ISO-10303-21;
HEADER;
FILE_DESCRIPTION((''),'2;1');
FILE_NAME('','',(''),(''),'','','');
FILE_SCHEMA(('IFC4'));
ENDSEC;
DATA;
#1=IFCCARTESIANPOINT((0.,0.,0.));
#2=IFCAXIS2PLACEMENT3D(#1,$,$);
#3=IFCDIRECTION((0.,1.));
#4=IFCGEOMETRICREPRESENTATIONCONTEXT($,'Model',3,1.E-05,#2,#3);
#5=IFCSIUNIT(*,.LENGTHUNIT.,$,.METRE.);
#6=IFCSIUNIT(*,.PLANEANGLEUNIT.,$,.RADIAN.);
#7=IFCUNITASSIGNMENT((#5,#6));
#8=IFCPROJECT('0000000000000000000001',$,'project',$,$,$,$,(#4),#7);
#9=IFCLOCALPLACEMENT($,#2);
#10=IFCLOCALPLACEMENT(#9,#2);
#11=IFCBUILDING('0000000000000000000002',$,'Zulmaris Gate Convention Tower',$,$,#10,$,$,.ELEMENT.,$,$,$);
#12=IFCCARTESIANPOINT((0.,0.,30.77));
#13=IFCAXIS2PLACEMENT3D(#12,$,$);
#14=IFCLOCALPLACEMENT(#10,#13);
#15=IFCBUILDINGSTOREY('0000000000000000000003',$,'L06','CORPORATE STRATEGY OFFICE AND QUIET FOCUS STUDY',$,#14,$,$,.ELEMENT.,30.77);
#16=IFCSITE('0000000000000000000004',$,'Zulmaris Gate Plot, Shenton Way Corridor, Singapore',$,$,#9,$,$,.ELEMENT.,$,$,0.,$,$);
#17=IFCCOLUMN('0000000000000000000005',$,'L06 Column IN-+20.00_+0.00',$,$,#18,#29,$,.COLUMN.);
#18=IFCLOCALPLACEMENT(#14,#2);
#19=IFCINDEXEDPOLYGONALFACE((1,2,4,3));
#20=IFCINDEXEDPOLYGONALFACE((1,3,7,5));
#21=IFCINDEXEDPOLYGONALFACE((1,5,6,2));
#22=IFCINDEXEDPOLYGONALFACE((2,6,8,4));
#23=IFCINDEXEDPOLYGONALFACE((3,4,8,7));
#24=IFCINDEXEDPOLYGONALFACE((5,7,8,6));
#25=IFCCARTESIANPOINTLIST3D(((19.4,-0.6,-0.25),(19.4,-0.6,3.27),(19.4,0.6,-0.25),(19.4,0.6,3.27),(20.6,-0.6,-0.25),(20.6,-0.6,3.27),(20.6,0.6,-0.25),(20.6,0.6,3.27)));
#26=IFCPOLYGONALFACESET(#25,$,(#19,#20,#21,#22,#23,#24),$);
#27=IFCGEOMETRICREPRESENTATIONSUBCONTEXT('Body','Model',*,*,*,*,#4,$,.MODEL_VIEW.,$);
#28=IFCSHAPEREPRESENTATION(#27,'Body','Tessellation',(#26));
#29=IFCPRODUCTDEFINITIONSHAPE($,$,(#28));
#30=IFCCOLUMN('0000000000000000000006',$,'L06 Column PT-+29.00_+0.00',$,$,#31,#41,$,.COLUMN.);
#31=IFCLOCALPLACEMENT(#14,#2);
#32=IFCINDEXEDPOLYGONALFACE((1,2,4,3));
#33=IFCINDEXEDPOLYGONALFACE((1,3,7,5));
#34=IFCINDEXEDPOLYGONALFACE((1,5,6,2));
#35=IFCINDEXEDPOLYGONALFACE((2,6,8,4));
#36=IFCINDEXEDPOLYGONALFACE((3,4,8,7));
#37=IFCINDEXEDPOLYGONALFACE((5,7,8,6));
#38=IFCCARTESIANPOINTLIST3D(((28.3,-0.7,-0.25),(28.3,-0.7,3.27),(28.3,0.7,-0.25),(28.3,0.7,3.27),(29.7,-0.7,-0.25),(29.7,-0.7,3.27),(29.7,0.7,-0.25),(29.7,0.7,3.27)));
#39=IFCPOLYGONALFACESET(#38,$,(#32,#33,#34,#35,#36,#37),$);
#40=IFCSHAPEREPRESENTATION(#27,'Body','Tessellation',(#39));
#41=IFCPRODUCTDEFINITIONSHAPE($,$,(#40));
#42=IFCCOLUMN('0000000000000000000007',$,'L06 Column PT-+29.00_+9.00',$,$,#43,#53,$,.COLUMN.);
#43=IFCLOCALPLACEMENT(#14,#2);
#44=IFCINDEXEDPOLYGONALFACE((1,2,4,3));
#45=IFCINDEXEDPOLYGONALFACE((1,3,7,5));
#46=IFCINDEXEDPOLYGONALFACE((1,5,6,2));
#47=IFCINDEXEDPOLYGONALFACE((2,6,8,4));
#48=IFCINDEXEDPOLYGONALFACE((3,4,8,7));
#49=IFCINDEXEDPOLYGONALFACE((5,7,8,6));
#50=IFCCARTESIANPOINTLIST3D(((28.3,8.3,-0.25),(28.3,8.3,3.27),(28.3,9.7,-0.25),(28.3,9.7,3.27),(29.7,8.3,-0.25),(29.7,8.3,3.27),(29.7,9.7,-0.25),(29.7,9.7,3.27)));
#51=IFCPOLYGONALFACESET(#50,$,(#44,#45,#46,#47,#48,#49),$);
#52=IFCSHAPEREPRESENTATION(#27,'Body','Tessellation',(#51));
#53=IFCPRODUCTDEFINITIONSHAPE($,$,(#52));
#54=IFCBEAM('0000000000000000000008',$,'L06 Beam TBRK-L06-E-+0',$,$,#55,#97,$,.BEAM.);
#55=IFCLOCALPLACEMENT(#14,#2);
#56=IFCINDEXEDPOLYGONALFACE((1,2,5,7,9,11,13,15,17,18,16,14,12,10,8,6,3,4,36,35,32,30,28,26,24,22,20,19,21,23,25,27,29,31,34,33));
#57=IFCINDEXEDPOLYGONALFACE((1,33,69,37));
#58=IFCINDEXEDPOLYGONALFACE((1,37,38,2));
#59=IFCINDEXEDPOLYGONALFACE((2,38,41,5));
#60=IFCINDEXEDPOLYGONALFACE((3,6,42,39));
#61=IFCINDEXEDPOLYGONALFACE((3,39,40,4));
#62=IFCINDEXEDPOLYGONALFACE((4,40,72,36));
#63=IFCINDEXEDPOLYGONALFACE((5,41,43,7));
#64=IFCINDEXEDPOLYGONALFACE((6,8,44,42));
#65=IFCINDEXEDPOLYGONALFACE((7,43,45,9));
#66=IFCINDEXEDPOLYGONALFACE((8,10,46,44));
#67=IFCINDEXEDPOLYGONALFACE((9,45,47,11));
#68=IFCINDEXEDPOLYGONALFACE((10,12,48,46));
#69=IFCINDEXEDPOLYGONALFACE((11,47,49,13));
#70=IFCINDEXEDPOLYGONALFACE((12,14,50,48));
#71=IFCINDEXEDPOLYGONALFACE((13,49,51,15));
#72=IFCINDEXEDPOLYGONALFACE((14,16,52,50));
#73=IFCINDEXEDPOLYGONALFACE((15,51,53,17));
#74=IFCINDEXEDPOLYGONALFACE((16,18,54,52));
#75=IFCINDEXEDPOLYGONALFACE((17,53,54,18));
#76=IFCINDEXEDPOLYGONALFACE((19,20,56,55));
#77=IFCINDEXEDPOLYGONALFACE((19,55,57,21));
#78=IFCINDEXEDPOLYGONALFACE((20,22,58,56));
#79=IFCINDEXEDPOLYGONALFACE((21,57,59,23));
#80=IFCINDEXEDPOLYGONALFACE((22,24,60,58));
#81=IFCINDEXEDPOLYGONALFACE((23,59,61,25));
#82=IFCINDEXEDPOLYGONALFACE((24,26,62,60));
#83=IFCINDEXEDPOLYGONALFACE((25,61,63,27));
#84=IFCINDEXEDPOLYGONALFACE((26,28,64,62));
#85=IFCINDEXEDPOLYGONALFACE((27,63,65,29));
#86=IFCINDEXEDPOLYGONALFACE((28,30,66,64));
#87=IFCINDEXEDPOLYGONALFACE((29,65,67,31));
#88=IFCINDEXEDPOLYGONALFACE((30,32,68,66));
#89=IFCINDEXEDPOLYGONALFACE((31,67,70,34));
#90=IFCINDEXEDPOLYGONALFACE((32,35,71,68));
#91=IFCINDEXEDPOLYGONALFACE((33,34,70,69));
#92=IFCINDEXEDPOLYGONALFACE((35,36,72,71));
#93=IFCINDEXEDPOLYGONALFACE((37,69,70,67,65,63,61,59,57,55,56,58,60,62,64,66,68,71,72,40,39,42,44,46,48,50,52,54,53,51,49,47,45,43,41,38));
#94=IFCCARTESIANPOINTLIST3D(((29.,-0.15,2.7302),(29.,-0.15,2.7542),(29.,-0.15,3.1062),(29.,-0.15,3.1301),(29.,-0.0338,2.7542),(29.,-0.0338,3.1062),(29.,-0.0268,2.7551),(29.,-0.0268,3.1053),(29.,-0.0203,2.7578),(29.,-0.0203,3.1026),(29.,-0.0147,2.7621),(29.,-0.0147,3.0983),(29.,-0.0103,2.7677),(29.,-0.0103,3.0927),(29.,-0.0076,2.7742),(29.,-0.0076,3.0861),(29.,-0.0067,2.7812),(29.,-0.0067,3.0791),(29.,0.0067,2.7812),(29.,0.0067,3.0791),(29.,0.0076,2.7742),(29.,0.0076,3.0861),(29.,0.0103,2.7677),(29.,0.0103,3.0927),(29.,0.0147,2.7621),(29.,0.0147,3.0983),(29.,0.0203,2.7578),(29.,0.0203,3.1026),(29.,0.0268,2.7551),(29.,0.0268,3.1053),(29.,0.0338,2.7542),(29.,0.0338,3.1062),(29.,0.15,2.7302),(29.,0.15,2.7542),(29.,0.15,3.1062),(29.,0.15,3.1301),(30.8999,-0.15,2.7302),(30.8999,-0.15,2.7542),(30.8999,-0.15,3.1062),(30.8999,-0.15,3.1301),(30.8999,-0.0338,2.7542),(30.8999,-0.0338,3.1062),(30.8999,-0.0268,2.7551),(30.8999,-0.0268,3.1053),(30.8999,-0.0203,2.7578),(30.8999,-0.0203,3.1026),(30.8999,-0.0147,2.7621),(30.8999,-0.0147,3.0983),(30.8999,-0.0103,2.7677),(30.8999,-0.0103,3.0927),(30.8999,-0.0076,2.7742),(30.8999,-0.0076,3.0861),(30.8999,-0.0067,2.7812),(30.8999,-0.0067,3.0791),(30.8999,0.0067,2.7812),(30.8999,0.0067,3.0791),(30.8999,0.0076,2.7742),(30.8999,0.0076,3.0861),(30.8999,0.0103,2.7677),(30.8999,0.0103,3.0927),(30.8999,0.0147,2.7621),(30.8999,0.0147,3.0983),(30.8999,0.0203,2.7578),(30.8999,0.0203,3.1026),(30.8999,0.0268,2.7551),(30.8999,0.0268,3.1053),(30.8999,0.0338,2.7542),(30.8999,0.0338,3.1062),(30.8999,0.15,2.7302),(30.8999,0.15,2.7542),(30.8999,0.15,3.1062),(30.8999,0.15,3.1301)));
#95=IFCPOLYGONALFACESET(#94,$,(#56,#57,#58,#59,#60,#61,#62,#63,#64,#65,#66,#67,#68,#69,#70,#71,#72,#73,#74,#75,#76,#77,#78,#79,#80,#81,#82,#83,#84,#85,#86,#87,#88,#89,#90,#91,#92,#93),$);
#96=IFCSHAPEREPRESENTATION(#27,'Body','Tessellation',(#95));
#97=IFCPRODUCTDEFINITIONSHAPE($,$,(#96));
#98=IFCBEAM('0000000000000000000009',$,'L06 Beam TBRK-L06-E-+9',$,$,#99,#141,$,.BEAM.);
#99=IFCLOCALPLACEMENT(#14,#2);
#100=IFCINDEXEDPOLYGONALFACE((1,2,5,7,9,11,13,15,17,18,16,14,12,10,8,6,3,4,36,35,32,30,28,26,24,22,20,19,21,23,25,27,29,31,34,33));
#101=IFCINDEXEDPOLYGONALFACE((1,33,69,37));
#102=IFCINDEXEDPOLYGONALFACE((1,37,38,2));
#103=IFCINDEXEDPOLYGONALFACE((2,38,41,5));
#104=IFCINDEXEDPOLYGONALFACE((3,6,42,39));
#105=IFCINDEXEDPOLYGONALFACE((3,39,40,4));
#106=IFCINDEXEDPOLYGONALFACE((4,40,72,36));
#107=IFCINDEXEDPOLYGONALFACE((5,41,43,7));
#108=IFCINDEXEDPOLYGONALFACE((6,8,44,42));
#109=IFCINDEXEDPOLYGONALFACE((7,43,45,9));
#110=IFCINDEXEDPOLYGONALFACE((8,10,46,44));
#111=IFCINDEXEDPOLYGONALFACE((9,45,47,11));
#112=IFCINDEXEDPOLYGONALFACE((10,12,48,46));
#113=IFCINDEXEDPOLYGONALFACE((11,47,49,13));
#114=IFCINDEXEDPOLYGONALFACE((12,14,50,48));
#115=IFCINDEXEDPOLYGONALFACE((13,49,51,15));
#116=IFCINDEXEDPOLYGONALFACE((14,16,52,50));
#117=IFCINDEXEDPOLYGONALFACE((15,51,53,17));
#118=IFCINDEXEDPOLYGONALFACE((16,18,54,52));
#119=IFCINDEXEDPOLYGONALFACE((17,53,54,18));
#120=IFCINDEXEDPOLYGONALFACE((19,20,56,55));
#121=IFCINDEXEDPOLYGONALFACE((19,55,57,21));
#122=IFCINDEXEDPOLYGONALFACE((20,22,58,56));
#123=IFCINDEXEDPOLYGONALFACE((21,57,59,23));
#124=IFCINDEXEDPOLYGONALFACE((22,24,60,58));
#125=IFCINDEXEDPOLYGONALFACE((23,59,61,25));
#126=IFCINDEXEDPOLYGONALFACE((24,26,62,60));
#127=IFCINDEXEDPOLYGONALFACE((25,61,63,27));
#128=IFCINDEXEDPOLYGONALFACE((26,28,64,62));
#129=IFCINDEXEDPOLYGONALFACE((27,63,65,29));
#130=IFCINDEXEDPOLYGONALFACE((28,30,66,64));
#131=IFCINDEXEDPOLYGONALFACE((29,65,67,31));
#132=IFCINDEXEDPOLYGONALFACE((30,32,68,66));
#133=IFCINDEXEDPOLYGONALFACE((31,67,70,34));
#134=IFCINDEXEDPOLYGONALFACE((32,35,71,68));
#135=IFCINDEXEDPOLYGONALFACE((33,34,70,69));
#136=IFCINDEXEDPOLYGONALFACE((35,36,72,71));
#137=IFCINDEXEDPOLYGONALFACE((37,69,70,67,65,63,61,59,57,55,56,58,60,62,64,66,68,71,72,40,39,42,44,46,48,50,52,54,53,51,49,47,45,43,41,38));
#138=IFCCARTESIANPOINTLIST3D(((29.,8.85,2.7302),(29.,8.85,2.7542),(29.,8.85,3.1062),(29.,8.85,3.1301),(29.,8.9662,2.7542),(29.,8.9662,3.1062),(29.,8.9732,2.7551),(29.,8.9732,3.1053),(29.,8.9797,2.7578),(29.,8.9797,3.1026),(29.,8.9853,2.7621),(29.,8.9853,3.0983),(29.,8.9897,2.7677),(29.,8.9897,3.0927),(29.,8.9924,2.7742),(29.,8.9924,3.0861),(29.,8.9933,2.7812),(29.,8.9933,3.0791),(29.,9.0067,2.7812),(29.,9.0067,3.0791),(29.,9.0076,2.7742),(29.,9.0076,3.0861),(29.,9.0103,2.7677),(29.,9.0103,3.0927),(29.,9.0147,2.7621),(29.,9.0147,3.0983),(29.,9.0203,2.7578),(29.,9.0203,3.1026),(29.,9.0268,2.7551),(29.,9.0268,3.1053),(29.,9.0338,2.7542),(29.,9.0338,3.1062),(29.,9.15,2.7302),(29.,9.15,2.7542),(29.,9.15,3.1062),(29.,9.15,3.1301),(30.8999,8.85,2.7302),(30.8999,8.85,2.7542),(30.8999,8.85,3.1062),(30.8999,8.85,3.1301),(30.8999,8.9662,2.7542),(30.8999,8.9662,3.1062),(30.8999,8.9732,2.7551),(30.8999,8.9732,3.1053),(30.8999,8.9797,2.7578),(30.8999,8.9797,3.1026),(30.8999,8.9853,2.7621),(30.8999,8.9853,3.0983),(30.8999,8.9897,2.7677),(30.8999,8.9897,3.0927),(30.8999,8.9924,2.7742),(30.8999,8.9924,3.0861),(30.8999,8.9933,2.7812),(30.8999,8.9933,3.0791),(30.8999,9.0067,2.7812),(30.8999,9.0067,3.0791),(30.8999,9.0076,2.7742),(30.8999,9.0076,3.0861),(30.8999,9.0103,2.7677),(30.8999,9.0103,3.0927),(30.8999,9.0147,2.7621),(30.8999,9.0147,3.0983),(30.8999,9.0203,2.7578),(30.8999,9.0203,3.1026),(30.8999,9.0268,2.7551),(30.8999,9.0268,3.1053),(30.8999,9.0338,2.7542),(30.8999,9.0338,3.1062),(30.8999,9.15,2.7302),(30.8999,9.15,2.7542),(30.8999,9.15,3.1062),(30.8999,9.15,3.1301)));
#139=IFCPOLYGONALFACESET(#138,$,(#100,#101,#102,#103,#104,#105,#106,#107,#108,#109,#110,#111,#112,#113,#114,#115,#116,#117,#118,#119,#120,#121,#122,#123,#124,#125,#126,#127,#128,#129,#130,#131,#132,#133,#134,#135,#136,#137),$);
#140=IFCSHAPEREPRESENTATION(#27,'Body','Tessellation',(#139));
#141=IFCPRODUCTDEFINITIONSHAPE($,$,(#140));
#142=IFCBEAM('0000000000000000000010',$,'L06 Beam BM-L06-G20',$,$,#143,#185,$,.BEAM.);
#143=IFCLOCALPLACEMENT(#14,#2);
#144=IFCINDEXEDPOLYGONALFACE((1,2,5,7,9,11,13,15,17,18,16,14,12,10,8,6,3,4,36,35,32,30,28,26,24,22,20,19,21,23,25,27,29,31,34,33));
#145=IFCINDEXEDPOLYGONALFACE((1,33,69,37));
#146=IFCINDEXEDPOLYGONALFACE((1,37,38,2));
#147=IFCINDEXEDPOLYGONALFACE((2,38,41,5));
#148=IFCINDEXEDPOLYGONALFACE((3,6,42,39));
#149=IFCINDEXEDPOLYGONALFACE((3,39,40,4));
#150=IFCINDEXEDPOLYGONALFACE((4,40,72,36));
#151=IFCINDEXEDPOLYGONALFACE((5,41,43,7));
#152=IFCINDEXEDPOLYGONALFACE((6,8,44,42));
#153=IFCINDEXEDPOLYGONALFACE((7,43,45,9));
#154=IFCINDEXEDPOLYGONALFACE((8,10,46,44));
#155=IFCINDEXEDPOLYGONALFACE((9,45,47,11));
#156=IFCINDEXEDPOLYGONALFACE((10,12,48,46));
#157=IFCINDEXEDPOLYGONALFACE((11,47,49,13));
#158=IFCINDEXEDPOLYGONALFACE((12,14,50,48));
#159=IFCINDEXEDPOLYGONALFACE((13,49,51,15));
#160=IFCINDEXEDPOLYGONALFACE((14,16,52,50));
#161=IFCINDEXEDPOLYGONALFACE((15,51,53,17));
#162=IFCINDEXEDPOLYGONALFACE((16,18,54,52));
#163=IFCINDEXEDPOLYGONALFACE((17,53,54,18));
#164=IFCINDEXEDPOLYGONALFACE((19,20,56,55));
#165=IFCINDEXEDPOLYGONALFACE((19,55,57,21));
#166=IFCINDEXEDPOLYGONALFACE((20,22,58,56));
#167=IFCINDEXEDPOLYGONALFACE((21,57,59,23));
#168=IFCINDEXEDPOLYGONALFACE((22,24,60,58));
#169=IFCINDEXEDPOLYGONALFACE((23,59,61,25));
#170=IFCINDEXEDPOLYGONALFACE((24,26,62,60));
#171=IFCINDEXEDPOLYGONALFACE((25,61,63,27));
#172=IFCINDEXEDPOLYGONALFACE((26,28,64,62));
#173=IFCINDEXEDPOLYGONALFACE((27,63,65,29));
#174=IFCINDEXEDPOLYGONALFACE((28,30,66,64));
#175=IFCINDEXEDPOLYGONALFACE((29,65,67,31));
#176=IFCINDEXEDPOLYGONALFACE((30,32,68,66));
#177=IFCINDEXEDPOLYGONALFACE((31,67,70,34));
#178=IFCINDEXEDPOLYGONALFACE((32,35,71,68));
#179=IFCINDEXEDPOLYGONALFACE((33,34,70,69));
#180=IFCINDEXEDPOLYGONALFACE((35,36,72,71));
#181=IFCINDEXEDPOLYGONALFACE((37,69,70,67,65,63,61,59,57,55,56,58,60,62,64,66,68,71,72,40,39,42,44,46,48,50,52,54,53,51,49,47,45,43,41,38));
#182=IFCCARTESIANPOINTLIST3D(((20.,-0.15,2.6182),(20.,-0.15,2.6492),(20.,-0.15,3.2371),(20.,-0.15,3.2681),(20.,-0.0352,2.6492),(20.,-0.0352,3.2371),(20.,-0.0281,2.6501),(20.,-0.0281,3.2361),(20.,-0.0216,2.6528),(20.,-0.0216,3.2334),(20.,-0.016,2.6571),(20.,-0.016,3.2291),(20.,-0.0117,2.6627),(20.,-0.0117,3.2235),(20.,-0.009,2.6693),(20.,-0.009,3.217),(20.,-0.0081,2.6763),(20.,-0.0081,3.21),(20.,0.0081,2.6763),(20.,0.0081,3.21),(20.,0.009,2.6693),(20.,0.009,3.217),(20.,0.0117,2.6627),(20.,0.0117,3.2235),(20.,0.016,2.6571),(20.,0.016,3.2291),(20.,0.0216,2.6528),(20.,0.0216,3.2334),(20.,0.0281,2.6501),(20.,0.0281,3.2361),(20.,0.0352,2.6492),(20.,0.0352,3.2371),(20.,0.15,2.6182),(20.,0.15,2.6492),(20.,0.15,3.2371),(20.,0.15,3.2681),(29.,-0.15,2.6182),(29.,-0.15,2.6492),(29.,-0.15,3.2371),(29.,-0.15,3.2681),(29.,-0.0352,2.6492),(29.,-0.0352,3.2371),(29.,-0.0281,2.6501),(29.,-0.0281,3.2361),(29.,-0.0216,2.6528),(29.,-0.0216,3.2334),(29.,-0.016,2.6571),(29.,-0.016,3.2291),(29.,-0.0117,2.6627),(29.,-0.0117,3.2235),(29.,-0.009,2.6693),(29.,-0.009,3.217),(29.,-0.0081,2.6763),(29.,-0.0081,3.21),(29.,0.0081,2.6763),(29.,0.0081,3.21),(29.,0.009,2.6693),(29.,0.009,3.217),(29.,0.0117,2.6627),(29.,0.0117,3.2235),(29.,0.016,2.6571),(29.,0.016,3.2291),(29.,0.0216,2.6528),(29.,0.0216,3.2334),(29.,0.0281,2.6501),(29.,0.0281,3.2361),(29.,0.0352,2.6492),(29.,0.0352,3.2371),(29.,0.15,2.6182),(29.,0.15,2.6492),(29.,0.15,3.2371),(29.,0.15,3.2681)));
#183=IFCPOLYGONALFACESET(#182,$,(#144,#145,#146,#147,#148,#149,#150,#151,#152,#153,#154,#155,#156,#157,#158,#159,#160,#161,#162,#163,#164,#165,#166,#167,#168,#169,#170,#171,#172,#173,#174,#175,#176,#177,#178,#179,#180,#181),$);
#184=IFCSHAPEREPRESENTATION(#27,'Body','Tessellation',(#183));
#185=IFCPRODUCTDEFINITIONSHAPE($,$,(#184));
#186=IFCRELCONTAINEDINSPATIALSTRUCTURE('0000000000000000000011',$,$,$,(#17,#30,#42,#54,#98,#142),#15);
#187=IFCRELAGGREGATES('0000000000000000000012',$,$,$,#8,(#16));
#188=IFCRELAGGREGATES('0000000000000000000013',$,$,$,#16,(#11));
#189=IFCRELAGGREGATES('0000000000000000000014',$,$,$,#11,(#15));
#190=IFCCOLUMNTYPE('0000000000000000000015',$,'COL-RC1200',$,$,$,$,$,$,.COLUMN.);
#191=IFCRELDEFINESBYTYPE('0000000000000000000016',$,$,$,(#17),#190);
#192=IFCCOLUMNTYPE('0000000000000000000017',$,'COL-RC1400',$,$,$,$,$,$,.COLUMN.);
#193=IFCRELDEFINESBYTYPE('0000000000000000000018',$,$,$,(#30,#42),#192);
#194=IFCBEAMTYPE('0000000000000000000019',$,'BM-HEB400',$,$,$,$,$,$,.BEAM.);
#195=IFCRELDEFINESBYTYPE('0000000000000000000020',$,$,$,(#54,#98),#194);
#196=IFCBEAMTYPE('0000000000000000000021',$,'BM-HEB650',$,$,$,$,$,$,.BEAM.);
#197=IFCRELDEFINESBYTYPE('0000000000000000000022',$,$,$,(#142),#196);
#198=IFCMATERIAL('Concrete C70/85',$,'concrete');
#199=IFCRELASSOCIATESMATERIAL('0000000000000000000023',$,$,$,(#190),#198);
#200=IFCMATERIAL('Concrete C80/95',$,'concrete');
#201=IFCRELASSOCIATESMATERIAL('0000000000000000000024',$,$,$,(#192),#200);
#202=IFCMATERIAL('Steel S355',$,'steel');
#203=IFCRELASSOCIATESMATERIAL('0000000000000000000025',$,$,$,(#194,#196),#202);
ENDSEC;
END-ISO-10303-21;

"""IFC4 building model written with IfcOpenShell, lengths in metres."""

from ifc_helpers import new_model, si_unit, direction, frame, origin, origin_2d, place, context, subcontext, project, spatial, rectangle, i_section, extrude, material, material_profile, profile_set, type_object, element, save


model = new_model("IFC4")

# Units and contexts
model_context = context("Model", 3, precision=1e-05, world=origin(), true_north=direction((0.0, 1.0)))
body_context = subcontext(model_context, "Body", "Model", "MODEL_VIEW")
ifc_project = project(units=[si_unit("LENGTHUNIT", "METRE"), si_unit("PLANEANGLEUNIT", "RADIAN")], contexts=[model_context])

# Site, building, storey
site_placement = place(None, origin())
site = spatial("IfcSite", under=ifc_project, at=site_placement, Name="Zulmaris Gate Plot, Shenton Way Corridor, Singapore", CompositionType="ELEMENT", RefElevation=0.0)
building_placement = place(site_placement, origin())
building = spatial("IfcBuilding", under=site, at=building_placement, Name="Zulmaris Gate Convention Tower", CompositionType="ELEMENT")
storey_placement = place(building_placement, frame((0.0, 0.0, 30.77)))
storey = spatial("IfcBuildingStorey", under=building, at=storey_placement, Name="L06", Description="CORPORATE STRATEGY OFFICE AND QUIET FOCUS STUDY", CompositionType="ELEMENT", Elevation=30.77)

# Columns
ifc_material_1 = material(Name="Concrete C70/85", Category="concrete")
ifc_material_profile_1 = material_profile(ifc_material_1, rectangle(XDim=1.2, YDim=1.2, at=origin_2d()), Name="RC COL 1200x1200")
ifc_profile_set_1 = profile_set([ifc_material_profile_1], Name="Concrete C70/85")
column_type_1 = type_object("IfcColumnType", Name="COL-RC1200", PredefinedType="COLUMN", material=ifc_profile_set_1)
column_placement = place(storey_placement, frame((20.0, 0.0, -0.25), z_axis=(0.0, 0.0, 1.0), x_axis=(1.0, 0.0, 0.0)))
element("IfcColumn", 1, at=column_placement, inside=storey, type_object=column_type_1, Name="L06 Column IN-+20.00_+0.00", PredefinedType="COLUMN", context=body_context, shape_type="SweptSolid", body=[
    extrude(rectangle(XDim=1.2, YDim=1.2, at=origin_2d()), origin(), (0.0, 0.0, 1.0), 3.52),
])
ifc_material_2 = material(Name="Concrete C80/95", Category="concrete")
ifc_material_profile_2 = material_profile(ifc_material_2, rectangle(XDim=1.3999, YDim=1.3999, at=origin_2d()), Name="RC COL 1400x1400")
ifc_profile_set_2 = profile_set([ifc_material_profile_2], Name="Concrete C80/95")
column_type_2 = type_object("IfcColumnType", Name="COL-RC1400", PredefinedType="COLUMN", material=ifc_profile_set_2)
for number, where, z_axis, x_axis, name in (
    (2, (29.0, 0.0, -0.25), (0.0, 0.0, 1.0), (1.0, 0.0, 0.0), "L06 Column PT-+29.00_+0.00"),
    (3, (29.0, 9.0, -0.25), (0.0, 0.0, 1.0), (1.0, 0.0, 0.0), "L06 Column PT-+29.00_+9.00"),
):
    element("IfcColumn", number, at=place(storey_placement, frame(where, z_axis=z_axis, x_axis=x_axis)), inside=storey, type_object=column_type_2, Name=name, PredefinedType="COLUMN", context=body_context, shape_type="SweptSolid", body=[
        extrude(rectangle(XDim=1.3999, YDim=1.3999, at=origin_2d()), origin(), (0.0, 0.0, 1.0), 3.52),
    ])

# Beams
ifc_material_3 = material(Name="Steel S355", Category="steel")
ifc_material_profile_3 = material_profile(ifc_material_3, i_section(OverallWidth=0.3, OverallDepth=0.3999, WebThickness=0.0134, FlangeThickness=0.0239, FilletRadius=0.0271, at=origin_2d()), Name="HEB 400")
ifc_profile_set_3 = profile_set([ifc_material_profile_3], Name="Steel S355")
beam_type_1 = type_object("IfcBeamType", Name="BM-HEB400", PredefinedType="BEAM", material=ifc_profile_set_3)
for number, where, z_axis, x_axis, name in (
    (4, (29.0, 0.0, 2.9302), (1.0, 0.0, 0.0), (0.0, 1.0, 0.0), "L06 Beam TBRK-L06-E-+0"),
    (5, (29.0, 9.0, 2.9302), (1.0, 0.0, 0.0), (0.0, 1.0, 0.0), "L06 Beam TBRK-L06-E-+9"),
):
    element("IfcBeam", number, at=place(storey_placement, frame(where, z_axis=z_axis, x_axis=x_axis)), inside=storey, type_object=beam_type_1, Name=name, PredefinedType="BEAM", context=body_context, shape_type="SweptSolid", body=[
        extrude(i_section(OverallWidth=0.3, OverallDepth=0.3999, WebThickness=0.0134, FlangeThickness=0.0239, FilletRadius=0.0271, at=origin_2d()), origin(), (0.0, 0.0, 1.0), 1.8999),
    ])
ifc_material_profile_4 = material_profile(ifc_material_3, i_section(OverallWidth=0.3, OverallDepth=0.6499, WebThickness=0.0161, FlangeThickness=0.031, FilletRadius=0.0271, at=origin_2d()), Name="HEB 650")
ifc_profile_set_4 = profile_set([ifc_material_profile_4], Name="Steel S355")
beam_type_2 = type_object("IfcBeamType", Name="BM-HEB650", PredefinedType="BEAM", material=ifc_profile_set_4)
for number, where, z_axis, x_axis, name in (
    (6, (20.0, 0.0, 2.9431), (1.0, 0.0, 0.0), (0.0, 1.0, 0.0), "L06 Beam BM-L06-G20"),
):
    element("IfcBeam", number, at=place(storey_placement, frame(where, z_axis=z_axis, x_axis=x_axis)), inside=storey, type_object=beam_type_2, Name=name, PredefinedType="BEAM", context=body_context, shape_type="SweptSolid", body=[
        extrude(i_section(OverallWidth=0.3, OverallDepth=0.6499, WebThickness=0.0161, FlangeThickness=0.031, FilletRadius=0.0271, at=origin_2d()), origin(), (0.0, 0.0, 1.0), 9.0),
    ])

save(model, "model.ifc")
